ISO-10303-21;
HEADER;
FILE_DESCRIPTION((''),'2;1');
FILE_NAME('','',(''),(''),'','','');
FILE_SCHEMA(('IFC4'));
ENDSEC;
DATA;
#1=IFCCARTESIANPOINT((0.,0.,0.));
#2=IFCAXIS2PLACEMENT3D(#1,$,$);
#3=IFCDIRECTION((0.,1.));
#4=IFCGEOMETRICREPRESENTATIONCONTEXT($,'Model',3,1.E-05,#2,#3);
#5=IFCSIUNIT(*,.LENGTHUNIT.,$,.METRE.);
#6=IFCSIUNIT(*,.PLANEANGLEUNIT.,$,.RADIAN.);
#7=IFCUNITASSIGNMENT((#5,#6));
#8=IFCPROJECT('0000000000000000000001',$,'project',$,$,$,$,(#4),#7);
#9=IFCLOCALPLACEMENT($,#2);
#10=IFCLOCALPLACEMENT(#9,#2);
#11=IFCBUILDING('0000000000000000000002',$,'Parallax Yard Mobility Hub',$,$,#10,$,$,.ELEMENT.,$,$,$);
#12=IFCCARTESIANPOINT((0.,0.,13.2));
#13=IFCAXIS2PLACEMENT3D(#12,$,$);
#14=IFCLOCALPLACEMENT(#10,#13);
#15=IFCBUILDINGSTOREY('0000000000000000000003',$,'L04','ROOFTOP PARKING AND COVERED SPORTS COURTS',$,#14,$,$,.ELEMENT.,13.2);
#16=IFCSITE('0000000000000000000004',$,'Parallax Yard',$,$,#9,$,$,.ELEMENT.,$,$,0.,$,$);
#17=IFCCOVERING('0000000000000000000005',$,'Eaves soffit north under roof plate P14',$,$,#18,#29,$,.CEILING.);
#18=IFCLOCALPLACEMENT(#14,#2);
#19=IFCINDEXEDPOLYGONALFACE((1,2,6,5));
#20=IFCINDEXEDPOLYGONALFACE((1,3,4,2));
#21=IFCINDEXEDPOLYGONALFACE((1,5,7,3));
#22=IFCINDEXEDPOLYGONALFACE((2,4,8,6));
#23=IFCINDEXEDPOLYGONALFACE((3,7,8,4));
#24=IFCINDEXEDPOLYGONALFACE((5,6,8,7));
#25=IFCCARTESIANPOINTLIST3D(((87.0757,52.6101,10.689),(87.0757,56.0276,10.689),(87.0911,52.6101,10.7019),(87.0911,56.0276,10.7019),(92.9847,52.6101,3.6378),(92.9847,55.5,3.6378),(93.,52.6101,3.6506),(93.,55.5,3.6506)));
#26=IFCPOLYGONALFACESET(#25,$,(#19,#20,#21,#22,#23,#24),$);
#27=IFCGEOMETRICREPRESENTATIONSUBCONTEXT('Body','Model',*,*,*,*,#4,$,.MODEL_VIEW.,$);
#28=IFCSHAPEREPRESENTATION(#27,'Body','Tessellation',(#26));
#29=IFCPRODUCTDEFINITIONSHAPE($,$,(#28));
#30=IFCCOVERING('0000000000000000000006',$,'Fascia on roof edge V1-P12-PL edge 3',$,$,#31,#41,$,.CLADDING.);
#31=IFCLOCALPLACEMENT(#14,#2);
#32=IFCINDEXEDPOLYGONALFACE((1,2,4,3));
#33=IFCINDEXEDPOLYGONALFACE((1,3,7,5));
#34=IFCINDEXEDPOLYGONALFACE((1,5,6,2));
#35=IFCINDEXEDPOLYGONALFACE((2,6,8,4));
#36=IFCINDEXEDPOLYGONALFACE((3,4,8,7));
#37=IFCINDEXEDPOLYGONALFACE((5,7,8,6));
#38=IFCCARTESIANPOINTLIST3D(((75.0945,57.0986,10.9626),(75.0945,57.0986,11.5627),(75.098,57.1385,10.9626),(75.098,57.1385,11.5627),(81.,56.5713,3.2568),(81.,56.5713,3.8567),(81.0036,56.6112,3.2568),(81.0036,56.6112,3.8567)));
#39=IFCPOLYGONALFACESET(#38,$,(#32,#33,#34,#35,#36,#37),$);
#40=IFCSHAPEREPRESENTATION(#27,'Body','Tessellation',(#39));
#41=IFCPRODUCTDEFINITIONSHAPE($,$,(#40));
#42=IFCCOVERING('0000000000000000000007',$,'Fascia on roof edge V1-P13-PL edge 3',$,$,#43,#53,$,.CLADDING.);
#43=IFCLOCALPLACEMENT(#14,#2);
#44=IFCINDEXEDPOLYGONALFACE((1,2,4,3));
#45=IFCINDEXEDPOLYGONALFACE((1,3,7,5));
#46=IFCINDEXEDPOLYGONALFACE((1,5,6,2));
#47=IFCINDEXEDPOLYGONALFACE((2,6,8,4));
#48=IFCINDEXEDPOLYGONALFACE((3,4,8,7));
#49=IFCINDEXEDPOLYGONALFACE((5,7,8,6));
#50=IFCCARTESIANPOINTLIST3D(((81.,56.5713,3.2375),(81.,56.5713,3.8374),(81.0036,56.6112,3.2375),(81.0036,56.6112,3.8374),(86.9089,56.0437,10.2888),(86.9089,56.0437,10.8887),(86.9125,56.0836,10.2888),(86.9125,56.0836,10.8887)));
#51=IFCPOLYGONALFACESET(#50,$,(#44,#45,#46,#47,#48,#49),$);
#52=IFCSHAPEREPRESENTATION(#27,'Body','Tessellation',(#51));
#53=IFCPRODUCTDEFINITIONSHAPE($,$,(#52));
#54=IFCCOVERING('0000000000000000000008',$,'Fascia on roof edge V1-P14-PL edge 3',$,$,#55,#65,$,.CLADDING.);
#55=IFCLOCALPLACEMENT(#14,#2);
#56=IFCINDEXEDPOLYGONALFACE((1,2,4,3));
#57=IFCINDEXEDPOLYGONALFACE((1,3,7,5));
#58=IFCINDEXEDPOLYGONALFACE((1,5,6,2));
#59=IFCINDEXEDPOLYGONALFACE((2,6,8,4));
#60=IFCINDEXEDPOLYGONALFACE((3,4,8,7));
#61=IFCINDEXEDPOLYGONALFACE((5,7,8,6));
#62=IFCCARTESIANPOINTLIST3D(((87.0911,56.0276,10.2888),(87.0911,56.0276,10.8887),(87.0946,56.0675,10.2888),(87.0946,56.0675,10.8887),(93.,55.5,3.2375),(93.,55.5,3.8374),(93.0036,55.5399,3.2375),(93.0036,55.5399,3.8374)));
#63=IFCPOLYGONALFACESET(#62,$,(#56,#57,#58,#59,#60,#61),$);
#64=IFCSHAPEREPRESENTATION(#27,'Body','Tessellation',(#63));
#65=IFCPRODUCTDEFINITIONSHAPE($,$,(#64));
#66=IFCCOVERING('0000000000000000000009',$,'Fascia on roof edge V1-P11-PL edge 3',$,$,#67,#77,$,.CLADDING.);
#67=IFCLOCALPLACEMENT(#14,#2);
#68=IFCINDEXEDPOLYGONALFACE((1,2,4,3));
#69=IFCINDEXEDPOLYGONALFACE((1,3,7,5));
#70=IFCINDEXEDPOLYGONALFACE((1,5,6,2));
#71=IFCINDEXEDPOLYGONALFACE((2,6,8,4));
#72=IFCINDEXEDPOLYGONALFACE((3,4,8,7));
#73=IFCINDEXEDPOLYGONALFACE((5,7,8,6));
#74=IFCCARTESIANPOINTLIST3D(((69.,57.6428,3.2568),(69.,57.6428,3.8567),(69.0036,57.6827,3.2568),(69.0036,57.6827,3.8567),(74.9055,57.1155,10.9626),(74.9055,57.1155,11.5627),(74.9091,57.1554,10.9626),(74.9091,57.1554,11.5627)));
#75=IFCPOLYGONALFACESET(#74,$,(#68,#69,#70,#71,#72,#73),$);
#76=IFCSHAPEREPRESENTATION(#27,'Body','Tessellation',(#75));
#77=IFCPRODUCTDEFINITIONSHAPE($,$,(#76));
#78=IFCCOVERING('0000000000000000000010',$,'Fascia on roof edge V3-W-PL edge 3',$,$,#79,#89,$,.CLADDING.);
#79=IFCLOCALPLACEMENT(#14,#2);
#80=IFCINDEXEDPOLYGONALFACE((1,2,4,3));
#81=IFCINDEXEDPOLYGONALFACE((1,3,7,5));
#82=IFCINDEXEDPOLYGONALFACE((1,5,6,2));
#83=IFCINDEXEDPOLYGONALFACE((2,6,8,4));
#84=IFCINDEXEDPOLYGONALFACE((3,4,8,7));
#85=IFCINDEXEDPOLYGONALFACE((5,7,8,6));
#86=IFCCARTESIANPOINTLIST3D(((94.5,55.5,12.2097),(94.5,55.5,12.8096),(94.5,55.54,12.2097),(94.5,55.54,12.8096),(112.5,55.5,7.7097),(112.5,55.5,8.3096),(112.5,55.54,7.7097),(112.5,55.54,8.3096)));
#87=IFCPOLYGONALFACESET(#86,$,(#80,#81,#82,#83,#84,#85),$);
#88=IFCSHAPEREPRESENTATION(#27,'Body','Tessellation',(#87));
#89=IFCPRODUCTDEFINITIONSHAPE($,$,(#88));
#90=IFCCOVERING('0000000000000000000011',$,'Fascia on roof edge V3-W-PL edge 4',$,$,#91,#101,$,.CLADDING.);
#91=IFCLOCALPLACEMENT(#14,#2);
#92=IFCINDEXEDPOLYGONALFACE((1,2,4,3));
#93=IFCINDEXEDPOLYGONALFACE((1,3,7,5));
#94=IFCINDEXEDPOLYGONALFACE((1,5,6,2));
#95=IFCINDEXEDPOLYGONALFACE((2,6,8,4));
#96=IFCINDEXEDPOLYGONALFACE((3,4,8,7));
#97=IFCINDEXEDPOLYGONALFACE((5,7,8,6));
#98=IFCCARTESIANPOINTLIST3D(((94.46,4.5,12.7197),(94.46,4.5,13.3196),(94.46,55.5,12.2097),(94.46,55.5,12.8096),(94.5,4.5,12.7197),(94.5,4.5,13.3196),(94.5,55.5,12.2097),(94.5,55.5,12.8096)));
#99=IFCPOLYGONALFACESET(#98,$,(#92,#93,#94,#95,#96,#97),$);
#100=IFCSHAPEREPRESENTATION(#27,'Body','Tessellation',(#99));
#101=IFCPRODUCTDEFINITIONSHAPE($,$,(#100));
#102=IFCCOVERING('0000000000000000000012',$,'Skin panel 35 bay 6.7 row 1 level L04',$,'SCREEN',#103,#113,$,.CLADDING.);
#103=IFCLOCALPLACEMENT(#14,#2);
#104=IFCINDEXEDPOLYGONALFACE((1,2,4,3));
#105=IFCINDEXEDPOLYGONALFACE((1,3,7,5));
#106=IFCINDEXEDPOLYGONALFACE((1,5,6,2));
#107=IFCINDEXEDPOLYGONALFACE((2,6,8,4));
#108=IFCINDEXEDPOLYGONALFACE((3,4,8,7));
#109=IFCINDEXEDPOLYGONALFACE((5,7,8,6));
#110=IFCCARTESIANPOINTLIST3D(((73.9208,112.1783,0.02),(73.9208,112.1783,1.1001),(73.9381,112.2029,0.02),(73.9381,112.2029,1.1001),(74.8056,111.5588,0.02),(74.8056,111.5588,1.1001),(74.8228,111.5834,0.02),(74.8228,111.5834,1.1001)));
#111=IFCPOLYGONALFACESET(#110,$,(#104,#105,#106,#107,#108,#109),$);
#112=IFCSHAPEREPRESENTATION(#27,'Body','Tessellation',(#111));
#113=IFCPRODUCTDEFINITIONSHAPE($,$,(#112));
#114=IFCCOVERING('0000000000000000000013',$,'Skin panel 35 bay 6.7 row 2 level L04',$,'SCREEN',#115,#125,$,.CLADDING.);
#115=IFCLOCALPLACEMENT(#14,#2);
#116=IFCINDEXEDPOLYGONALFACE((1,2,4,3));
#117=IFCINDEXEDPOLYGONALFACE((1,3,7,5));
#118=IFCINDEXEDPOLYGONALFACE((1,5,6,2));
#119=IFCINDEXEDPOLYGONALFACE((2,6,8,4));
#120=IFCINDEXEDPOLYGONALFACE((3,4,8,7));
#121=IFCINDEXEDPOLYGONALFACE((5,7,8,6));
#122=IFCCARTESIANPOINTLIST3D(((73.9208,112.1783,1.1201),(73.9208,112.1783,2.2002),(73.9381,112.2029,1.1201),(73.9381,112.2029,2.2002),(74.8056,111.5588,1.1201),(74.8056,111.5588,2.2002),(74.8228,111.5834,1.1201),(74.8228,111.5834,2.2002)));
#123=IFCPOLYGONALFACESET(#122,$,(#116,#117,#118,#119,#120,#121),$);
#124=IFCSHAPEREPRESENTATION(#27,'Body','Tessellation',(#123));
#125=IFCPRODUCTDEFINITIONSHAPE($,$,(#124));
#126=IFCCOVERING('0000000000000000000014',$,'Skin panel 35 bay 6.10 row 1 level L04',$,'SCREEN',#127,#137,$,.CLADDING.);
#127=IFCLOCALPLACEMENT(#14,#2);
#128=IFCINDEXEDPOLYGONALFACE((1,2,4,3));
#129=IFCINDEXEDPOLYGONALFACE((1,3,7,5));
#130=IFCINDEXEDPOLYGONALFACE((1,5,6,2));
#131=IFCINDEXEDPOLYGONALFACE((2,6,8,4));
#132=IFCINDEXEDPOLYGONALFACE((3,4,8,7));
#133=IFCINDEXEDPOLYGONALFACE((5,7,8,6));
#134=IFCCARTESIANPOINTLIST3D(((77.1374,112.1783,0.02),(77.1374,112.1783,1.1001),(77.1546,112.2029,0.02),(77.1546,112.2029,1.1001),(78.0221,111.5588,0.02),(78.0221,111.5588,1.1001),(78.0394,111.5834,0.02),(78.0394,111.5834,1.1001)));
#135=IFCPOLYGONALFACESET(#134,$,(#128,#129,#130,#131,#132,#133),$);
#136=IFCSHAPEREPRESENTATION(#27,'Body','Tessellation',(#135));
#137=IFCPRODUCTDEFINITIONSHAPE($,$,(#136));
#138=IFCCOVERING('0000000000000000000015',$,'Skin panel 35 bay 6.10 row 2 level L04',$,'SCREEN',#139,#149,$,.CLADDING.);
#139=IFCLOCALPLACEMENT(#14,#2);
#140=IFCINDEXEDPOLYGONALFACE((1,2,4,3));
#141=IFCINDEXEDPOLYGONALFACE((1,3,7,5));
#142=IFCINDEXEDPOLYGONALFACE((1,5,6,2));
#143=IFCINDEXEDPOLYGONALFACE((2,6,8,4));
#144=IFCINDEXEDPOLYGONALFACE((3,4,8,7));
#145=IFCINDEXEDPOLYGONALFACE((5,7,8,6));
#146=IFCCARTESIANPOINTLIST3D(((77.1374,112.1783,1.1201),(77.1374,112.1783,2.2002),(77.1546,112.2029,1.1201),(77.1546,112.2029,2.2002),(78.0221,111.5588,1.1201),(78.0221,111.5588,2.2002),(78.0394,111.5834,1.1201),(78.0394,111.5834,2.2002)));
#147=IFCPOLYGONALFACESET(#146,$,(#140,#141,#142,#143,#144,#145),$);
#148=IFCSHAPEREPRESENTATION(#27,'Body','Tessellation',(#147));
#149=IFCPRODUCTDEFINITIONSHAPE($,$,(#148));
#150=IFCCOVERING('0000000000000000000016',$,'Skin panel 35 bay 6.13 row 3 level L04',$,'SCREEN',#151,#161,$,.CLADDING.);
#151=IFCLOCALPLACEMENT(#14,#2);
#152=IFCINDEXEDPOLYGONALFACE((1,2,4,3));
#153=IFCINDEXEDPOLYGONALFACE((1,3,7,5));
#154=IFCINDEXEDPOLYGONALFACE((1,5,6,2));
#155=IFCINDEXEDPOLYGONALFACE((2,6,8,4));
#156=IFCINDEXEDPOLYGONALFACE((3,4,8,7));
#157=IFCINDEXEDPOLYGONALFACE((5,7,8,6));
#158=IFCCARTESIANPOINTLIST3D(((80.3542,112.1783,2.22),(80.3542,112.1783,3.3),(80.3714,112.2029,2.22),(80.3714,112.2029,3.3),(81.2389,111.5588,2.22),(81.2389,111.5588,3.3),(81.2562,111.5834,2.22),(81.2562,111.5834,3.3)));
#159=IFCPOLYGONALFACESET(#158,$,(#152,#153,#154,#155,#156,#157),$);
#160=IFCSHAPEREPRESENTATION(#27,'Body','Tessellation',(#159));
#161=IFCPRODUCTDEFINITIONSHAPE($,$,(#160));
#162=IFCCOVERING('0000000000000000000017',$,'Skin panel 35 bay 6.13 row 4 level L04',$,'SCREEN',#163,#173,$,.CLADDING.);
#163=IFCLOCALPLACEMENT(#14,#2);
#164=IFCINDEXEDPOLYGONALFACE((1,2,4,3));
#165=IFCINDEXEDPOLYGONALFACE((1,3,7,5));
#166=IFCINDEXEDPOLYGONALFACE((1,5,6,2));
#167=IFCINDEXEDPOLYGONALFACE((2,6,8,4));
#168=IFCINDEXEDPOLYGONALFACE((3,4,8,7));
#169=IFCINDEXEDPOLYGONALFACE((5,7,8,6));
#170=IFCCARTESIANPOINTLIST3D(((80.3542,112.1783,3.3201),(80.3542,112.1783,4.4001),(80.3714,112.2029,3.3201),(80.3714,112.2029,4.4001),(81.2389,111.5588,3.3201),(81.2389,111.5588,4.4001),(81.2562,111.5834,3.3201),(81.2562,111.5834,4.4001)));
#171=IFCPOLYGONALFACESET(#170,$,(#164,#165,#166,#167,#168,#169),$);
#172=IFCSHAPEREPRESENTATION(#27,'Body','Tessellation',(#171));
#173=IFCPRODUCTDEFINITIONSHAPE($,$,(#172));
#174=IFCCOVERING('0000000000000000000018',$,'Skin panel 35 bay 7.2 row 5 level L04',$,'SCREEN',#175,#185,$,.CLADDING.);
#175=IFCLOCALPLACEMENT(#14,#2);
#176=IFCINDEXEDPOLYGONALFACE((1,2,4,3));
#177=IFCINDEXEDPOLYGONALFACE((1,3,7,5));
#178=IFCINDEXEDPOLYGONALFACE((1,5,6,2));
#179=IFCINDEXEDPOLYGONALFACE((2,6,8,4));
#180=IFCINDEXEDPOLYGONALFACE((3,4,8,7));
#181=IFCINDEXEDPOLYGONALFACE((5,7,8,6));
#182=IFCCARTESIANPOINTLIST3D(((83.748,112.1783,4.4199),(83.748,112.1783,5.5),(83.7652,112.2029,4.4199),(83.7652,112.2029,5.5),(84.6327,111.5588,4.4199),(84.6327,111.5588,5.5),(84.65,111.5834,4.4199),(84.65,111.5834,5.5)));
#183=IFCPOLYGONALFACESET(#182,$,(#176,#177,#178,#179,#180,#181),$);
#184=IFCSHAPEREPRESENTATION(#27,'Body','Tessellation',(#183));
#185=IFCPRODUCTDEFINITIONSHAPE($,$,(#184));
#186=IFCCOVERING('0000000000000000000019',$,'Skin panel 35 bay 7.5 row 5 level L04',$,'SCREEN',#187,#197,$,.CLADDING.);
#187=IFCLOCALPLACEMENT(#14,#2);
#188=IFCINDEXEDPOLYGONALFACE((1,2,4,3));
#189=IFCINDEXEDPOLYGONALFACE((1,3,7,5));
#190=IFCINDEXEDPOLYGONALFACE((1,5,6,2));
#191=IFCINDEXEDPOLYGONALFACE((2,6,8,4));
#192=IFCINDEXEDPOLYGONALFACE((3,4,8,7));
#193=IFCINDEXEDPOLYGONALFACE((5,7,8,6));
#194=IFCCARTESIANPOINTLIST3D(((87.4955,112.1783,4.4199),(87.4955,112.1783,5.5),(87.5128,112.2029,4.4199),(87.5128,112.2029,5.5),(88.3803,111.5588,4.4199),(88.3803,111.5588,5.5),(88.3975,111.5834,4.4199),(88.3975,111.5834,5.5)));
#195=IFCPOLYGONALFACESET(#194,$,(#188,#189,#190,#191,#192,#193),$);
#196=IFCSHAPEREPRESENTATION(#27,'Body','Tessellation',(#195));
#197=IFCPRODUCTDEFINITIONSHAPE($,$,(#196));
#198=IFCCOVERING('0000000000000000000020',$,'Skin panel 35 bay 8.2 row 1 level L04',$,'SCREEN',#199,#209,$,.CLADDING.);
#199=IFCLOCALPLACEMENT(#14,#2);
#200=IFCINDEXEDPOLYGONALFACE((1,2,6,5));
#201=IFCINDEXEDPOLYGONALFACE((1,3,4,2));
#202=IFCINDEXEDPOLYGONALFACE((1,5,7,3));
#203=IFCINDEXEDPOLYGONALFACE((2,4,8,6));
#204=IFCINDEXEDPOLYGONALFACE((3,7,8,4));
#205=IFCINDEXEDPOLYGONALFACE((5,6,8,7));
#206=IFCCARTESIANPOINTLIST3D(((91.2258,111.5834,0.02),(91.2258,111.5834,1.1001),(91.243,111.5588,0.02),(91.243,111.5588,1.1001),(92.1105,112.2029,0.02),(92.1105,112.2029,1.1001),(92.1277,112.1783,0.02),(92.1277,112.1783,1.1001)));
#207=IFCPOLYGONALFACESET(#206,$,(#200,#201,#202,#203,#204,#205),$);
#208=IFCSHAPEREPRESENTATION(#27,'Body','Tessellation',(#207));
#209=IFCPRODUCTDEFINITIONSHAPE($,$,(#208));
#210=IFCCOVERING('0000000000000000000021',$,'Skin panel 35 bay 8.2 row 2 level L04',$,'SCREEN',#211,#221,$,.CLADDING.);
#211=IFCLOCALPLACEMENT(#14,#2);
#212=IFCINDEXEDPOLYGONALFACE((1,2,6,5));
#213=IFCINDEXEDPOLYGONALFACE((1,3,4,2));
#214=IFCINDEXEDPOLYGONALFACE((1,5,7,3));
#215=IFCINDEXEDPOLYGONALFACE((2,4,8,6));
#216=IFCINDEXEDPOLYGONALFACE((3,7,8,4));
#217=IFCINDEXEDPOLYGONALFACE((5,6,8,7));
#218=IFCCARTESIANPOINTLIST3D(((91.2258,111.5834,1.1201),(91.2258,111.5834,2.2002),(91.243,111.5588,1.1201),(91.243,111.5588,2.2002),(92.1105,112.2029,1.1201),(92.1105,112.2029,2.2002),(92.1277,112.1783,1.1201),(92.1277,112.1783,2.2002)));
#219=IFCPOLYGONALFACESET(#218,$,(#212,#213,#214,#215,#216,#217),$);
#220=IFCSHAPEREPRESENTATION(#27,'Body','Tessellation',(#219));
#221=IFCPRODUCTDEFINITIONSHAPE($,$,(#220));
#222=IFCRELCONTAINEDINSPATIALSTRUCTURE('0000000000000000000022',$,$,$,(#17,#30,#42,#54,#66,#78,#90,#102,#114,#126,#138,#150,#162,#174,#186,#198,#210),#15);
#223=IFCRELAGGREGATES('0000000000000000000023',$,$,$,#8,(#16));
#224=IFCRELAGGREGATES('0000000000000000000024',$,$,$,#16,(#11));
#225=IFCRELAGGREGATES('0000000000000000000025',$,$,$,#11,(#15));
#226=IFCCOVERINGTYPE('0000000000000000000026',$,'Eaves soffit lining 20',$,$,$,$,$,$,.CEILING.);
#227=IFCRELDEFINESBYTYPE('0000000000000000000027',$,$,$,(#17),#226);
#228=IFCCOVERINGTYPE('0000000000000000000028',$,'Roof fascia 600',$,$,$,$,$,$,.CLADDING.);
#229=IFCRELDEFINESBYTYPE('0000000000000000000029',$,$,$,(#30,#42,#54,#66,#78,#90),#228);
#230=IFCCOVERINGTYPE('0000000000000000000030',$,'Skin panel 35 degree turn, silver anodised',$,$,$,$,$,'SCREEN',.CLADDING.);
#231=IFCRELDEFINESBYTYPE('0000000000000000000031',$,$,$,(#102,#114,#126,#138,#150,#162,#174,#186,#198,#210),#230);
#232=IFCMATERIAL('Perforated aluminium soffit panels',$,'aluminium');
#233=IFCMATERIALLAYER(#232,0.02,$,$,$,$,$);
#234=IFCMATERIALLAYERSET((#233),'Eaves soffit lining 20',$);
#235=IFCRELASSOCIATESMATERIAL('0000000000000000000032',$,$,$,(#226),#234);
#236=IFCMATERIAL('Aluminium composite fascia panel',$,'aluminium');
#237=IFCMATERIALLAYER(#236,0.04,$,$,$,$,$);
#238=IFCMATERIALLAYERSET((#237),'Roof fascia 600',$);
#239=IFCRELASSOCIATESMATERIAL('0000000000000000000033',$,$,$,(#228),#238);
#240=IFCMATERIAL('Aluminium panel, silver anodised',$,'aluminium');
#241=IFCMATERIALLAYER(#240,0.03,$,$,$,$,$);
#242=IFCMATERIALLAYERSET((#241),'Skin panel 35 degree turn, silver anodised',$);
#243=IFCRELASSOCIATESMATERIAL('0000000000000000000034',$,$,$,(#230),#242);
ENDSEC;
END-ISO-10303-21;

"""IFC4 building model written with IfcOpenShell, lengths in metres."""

from ifc_helpers import new_model, si_unit, direction, frame, origin, origin_2d, place, context, subcontext, project, spatial, polyline, rectangle, outline, extrude, material, layer, layer_set, type_object, element, save


model = new_model("IFC4")

# Units and contexts
model_context = context("Model", 3, precision=1e-05, world=origin(), true_north=direction((0.0, 1.0)))
body_context = subcontext(model_context, "Body", "Model", "MODEL_VIEW")
ifc_project = project(units=[si_unit("LENGTHUNIT", "METRE"), si_unit("PLANEANGLEUNIT", "RADIAN")], contexts=[model_context])

# Site, building, storey
site_placement = place(None, origin())
site = spatial("IfcSite", under=ifc_project, at=site_placement, Name="Parallax Yard", CompositionType="ELEMENT", RefElevation=0.0)
building_placement = place(site_placement, origin())
building = spatial("IfcBuilding", under=site, at=building_placement, Name="Parallax Yard Mobility Hub", CompositionType="ELEMENT")
storey_placement = place(building_placement, frame((0.0, 0.0, 13.2)))
storey = spatial("IfcBuildingStorey", under=building, at=storey_placement, Name="L04", Description="ROOFTOP PARKING AND COVERED SPORTS COURTS", CompositionType="ELEMENT", Elevation=13.2)

# Coverings
ifc_material_1 = material(Name="Perforated aluminium soffit panels", Category="aluminium")
ifc_layer_1 = layer(ifc_material_1, 0.02)
ifc_layer_set_1 = layer_set([ifc_layer_1], Name="Eaves soffit lining 20")
covering_type_1 = type_object("IfcCoveringType", Name="Eaves soffit lining 20", PredefinedType="CEILING", material=ifc_layer_set_1)
covering_1_placement = place(storey_placement, frame((87.0911, 56.0276, 10.7019), z_axis=(0.766461, 0.0, 0.642291), x_axis=(0.641237, -0.057254, -0.765204)))
element("IfcCovering", 1, at=covering_1_placement, inside=storey, type_object=covering_type_1, Name="Eaves soffit north under roof plate P14", PredefinedType="CEILING", context=body_context, shape_type="SweptSolid", body=[
    extrude(outline(polyline([(0.0, 0.0), (9.2149, 0.0), (9.3804, -2.8852), (0.1957, -3.4119), (0.0, 0.0)])), origin(), (0.0, 0.0, -1.0), 0.02),
])
ifc_material_2 = material(Name="Aluminium composite fascia panel", Category="aluminium")
ifc_layer_2 = layer(ifc_material_2, 0.04)
ifc_layer_set_2 = layer_set([ifc_layer_2], Name="Roof fascia 600")
covering_type_2 = type_object("IfcCoveringType", Name="Roof fascia 600", PredefinedType="CLADDING", material=ifc_layer_set_2)
covering_2_placement = place(storey_placement, frame((81.0, 56.5713, 3.8567), z_axis=(-0.088943, -0.996037, 0.0), x_axis=(-0.607377, 0.054237, 0.79256)))
element("IfcCovering", 2, at=covering_2_placement, inside=storey, type_object=covering_type_2, Name="Fascia on roof edge V1-P12-PL edge 3", PredefinedType="CLADDING", context=body_context, shape_type="SweptSolid", body=[
    extrude(outline(polyline([(0.0, 0.0), (9.723, 0.0), (9.2474, 0.3659), (-0.4754, 0.3658), (0.0, 0.0)])), origin(), (0.0, 0.0, -1.0), 0.04),
])
covering_3_placement = place(storey_placement, frame((86.9089, 56.0437, 10.8887), z_axis=(-0.088933, -0.996038, 0.0), x_axis=(-0.641237, 0.057254, -0.765204)))
element("IfcCovering", 3, at=covering_3_placement, inside=storey, type_object=covering_type_2, Name="Fascia on roof edge V1-P13-PL edge 3", PredefinedType="CLADDING", context=body_context, shape_type="SweptSolid", body=[
    extrude(outline(polyline([(0.0, 0.0), (9.2149, 0.0), (9.6739, 0.3862), (0.459, 0.3862), (0.0, 0.0)])), origin(), (0.0, 0.0, -1.0), 0.04),
])
covering_4_placement = place(storey_placement, frame((93.0, 55.5, 3.8374), z_axis=(-0.088933, -0.996038, 0.0), x_axis=(-0.641237, 0.057254, 0.765204)))
element("IfcCovering", 4, at=covering_4_placement, inside=storey, type_object=covering_type_2, Name="Fascia on roof edge V1-P14-PL edge 3", PredefinedType="CLADDING", context=body_context, shape_type="SweptSolid", body=[
    extrude(outline(polyline([(0.0, 0.0), (9.2149, 0.0), (8.7559, 0.3862), (-0.459, 0.3862), (0.0, 0.0)])), origin(), (0.0, 0.0, -1.0), 0.04),
])
covering_5_placement = place(storey_placement, frame((74.9055, 57.1155, 11.5627), z_axis=(-0.088943, -0.996037, 0.0), x_axis=(-0.607377, 0.054237, -0.79256)))
element("IfcCovering", 5, at=covering_5_placement, inside=storey, type_object=covering_type_2, Name="Fascia on roof edge V1-P11-PL edge 3", PredefinedType="CLADDING", context=body_context, shape_type="SweptSolid", body=[
    extrude(outline(polyline([(0.0, 0.0), (9.723, 0.0), (10.1984, 0.3658), (0.4756, 0.3659), (0.0, 0.0)])), origin(), (0.0, 0.0, -1.0), 0.04),
])
covering_6_placement = place(storey_placement, frame((112.5, 55.5, 8.3096), z_axis=(0.0, -1.0, 0.0), x_axis=(-0.970143, 0.0, 0.242536)))
element("IfcCovering", 6, at=covering_6_placement, inside=storey, type_object=covering_type_2, Name="Fascia on roof edge V3-W-PL edge 3", PredefinedType="CLADDING", context=body_context, shape_type="SweptSolid", body=[
    extrude(outline(polyline([(0.0, 0.0), (18.554, 0.0), (18.4085, 0.5819), (-0.1455, 0.5819), (0.0, 0.0)])), origin(), (0.0, 0.0, -1.0), 0.04),
])
covering_7_placement = place(storey_placement, frame((94.5, 55.5, 12.8096), z_axis=(1.0, 0.0, 0.0), x_axis=(0.0, -0.99995, 0.01)))
element("IfcCovering", 7, at=covering_7_placement, inside=storey, type_object=covering_type_2, Name="Fascia on roof edge V3-W-PL edge 4", PredefinedType="CLADDING", context=body_context, shape_type="SweptSolid", body=[
    extrude(outline(polyline([(0.0, 0.0), (51.0026, 0.0), (50.9966, 0.5998), (-0.006, 0.5998), (0.0, 0.0)])), origin(), (0.0, 0.0, -1.0), 0.04),
])
ifc_material_3 = material(Name="Aluminium panel, silver anodised", Category="aluminium")
ifc_layer_3 = layer(ifc_material_3, 0.03)
ifc_layer_set_3 = layer_set([ifc_layer_3], Name="Skin panel 35 degree turn, silver anodised")
covering_type_3 = type_object("IfcCoveringType", Name="Skin panel 35 degree turn, silver anodised", ElementType="SCREEN", PredefinedType="CLADDING", material=ifc_layer_set_3)
for number, where, z_axis, x_axis, name in (
    (8, (74.3718, 111.8809, 0.02), (0.0, 0.0, 1.0), (0.819152, -0.573576, 0.0), "Skin panel 35 bay 6.7 row 1 level L04"),
    (9, (74.3718, 111.8809, 1.1201), (0.0, 0.0, 1.0), (0.819152, -0.573576, 0.0), "Skin panel 35 bay 6.7 row 2 level L04"),
    (10, (77.5884, 111.8809, 0.02), (0.0, 0.0, 1.0), (0.819152, -0.573576, 0.0), "Skin panel 35 bay 6.10 row 1 level L04"),
    (11, (77.5884, 111.8809, 1.1201), (0.0, 0.0, 1.0), (0.819152, -0.573576, 0.0), "Skin panel 35 bay 6.10 row 2 level L04"),
    (12, (80.8052, 111.8809, 2.22), (0.0, 0.0, 1.0), (0.819152, -0.573576, 0.0), "Skin panel 35 bay 6.13 row 3 level L04"),
    (13, (80.8052, 111.8809, 3.3201), (0.0, 0.0, 1.0), (0.819152, -0.573576, 0.0), "Skin panel 35 bay 6.13 row 4 level L04"),
    (14, (84.199, 111.8809, 4.4199), (0.0, 0.0, 1.0), (0.819152, -0.573576, 0.0), "Skin panel 35 bay 7.2 row 5 level L04"),
    (15, (87.9465, 111.8809, 4.4199), (0.0, 0.0, 1.0), (0.819152, -0.573576, 0.0), "Skin panel 35 bay 7.5 row 5 level L04"),
    (16, (91.6768, 111.8809, 0.02), (0.0, 0.0, 1.0), (-0.819152, -0.573576, 0.0), "Skin panel 35 bay 8.2 row 1 level L04"),
    (17, (91.6768, 111.8809, 1.1201), (0.0, 0.0, 1.0), (-0.819152, -0.573576, 0.0), "Skin panel 35 bay 8.2 row 2 level L04"),
):
    element("IfcCovering", number, at=place(storey_placement, frame(where, z_axis=z_axis, x_axis=x_axis)), inside=storey, type_object=covering_type_3, Name=name, ObjectType="SCREEN", PredefinedType="CLADDING", context=body_context, shape_type="SweptSolid", body=[
        extrude(rectangle(XDim=1.0801, YDim=0.03, at=origin_2d()), origin(), (0.0, 0.0, 1.0), 1.0801),
    ])

save(model, "model.ifc")
